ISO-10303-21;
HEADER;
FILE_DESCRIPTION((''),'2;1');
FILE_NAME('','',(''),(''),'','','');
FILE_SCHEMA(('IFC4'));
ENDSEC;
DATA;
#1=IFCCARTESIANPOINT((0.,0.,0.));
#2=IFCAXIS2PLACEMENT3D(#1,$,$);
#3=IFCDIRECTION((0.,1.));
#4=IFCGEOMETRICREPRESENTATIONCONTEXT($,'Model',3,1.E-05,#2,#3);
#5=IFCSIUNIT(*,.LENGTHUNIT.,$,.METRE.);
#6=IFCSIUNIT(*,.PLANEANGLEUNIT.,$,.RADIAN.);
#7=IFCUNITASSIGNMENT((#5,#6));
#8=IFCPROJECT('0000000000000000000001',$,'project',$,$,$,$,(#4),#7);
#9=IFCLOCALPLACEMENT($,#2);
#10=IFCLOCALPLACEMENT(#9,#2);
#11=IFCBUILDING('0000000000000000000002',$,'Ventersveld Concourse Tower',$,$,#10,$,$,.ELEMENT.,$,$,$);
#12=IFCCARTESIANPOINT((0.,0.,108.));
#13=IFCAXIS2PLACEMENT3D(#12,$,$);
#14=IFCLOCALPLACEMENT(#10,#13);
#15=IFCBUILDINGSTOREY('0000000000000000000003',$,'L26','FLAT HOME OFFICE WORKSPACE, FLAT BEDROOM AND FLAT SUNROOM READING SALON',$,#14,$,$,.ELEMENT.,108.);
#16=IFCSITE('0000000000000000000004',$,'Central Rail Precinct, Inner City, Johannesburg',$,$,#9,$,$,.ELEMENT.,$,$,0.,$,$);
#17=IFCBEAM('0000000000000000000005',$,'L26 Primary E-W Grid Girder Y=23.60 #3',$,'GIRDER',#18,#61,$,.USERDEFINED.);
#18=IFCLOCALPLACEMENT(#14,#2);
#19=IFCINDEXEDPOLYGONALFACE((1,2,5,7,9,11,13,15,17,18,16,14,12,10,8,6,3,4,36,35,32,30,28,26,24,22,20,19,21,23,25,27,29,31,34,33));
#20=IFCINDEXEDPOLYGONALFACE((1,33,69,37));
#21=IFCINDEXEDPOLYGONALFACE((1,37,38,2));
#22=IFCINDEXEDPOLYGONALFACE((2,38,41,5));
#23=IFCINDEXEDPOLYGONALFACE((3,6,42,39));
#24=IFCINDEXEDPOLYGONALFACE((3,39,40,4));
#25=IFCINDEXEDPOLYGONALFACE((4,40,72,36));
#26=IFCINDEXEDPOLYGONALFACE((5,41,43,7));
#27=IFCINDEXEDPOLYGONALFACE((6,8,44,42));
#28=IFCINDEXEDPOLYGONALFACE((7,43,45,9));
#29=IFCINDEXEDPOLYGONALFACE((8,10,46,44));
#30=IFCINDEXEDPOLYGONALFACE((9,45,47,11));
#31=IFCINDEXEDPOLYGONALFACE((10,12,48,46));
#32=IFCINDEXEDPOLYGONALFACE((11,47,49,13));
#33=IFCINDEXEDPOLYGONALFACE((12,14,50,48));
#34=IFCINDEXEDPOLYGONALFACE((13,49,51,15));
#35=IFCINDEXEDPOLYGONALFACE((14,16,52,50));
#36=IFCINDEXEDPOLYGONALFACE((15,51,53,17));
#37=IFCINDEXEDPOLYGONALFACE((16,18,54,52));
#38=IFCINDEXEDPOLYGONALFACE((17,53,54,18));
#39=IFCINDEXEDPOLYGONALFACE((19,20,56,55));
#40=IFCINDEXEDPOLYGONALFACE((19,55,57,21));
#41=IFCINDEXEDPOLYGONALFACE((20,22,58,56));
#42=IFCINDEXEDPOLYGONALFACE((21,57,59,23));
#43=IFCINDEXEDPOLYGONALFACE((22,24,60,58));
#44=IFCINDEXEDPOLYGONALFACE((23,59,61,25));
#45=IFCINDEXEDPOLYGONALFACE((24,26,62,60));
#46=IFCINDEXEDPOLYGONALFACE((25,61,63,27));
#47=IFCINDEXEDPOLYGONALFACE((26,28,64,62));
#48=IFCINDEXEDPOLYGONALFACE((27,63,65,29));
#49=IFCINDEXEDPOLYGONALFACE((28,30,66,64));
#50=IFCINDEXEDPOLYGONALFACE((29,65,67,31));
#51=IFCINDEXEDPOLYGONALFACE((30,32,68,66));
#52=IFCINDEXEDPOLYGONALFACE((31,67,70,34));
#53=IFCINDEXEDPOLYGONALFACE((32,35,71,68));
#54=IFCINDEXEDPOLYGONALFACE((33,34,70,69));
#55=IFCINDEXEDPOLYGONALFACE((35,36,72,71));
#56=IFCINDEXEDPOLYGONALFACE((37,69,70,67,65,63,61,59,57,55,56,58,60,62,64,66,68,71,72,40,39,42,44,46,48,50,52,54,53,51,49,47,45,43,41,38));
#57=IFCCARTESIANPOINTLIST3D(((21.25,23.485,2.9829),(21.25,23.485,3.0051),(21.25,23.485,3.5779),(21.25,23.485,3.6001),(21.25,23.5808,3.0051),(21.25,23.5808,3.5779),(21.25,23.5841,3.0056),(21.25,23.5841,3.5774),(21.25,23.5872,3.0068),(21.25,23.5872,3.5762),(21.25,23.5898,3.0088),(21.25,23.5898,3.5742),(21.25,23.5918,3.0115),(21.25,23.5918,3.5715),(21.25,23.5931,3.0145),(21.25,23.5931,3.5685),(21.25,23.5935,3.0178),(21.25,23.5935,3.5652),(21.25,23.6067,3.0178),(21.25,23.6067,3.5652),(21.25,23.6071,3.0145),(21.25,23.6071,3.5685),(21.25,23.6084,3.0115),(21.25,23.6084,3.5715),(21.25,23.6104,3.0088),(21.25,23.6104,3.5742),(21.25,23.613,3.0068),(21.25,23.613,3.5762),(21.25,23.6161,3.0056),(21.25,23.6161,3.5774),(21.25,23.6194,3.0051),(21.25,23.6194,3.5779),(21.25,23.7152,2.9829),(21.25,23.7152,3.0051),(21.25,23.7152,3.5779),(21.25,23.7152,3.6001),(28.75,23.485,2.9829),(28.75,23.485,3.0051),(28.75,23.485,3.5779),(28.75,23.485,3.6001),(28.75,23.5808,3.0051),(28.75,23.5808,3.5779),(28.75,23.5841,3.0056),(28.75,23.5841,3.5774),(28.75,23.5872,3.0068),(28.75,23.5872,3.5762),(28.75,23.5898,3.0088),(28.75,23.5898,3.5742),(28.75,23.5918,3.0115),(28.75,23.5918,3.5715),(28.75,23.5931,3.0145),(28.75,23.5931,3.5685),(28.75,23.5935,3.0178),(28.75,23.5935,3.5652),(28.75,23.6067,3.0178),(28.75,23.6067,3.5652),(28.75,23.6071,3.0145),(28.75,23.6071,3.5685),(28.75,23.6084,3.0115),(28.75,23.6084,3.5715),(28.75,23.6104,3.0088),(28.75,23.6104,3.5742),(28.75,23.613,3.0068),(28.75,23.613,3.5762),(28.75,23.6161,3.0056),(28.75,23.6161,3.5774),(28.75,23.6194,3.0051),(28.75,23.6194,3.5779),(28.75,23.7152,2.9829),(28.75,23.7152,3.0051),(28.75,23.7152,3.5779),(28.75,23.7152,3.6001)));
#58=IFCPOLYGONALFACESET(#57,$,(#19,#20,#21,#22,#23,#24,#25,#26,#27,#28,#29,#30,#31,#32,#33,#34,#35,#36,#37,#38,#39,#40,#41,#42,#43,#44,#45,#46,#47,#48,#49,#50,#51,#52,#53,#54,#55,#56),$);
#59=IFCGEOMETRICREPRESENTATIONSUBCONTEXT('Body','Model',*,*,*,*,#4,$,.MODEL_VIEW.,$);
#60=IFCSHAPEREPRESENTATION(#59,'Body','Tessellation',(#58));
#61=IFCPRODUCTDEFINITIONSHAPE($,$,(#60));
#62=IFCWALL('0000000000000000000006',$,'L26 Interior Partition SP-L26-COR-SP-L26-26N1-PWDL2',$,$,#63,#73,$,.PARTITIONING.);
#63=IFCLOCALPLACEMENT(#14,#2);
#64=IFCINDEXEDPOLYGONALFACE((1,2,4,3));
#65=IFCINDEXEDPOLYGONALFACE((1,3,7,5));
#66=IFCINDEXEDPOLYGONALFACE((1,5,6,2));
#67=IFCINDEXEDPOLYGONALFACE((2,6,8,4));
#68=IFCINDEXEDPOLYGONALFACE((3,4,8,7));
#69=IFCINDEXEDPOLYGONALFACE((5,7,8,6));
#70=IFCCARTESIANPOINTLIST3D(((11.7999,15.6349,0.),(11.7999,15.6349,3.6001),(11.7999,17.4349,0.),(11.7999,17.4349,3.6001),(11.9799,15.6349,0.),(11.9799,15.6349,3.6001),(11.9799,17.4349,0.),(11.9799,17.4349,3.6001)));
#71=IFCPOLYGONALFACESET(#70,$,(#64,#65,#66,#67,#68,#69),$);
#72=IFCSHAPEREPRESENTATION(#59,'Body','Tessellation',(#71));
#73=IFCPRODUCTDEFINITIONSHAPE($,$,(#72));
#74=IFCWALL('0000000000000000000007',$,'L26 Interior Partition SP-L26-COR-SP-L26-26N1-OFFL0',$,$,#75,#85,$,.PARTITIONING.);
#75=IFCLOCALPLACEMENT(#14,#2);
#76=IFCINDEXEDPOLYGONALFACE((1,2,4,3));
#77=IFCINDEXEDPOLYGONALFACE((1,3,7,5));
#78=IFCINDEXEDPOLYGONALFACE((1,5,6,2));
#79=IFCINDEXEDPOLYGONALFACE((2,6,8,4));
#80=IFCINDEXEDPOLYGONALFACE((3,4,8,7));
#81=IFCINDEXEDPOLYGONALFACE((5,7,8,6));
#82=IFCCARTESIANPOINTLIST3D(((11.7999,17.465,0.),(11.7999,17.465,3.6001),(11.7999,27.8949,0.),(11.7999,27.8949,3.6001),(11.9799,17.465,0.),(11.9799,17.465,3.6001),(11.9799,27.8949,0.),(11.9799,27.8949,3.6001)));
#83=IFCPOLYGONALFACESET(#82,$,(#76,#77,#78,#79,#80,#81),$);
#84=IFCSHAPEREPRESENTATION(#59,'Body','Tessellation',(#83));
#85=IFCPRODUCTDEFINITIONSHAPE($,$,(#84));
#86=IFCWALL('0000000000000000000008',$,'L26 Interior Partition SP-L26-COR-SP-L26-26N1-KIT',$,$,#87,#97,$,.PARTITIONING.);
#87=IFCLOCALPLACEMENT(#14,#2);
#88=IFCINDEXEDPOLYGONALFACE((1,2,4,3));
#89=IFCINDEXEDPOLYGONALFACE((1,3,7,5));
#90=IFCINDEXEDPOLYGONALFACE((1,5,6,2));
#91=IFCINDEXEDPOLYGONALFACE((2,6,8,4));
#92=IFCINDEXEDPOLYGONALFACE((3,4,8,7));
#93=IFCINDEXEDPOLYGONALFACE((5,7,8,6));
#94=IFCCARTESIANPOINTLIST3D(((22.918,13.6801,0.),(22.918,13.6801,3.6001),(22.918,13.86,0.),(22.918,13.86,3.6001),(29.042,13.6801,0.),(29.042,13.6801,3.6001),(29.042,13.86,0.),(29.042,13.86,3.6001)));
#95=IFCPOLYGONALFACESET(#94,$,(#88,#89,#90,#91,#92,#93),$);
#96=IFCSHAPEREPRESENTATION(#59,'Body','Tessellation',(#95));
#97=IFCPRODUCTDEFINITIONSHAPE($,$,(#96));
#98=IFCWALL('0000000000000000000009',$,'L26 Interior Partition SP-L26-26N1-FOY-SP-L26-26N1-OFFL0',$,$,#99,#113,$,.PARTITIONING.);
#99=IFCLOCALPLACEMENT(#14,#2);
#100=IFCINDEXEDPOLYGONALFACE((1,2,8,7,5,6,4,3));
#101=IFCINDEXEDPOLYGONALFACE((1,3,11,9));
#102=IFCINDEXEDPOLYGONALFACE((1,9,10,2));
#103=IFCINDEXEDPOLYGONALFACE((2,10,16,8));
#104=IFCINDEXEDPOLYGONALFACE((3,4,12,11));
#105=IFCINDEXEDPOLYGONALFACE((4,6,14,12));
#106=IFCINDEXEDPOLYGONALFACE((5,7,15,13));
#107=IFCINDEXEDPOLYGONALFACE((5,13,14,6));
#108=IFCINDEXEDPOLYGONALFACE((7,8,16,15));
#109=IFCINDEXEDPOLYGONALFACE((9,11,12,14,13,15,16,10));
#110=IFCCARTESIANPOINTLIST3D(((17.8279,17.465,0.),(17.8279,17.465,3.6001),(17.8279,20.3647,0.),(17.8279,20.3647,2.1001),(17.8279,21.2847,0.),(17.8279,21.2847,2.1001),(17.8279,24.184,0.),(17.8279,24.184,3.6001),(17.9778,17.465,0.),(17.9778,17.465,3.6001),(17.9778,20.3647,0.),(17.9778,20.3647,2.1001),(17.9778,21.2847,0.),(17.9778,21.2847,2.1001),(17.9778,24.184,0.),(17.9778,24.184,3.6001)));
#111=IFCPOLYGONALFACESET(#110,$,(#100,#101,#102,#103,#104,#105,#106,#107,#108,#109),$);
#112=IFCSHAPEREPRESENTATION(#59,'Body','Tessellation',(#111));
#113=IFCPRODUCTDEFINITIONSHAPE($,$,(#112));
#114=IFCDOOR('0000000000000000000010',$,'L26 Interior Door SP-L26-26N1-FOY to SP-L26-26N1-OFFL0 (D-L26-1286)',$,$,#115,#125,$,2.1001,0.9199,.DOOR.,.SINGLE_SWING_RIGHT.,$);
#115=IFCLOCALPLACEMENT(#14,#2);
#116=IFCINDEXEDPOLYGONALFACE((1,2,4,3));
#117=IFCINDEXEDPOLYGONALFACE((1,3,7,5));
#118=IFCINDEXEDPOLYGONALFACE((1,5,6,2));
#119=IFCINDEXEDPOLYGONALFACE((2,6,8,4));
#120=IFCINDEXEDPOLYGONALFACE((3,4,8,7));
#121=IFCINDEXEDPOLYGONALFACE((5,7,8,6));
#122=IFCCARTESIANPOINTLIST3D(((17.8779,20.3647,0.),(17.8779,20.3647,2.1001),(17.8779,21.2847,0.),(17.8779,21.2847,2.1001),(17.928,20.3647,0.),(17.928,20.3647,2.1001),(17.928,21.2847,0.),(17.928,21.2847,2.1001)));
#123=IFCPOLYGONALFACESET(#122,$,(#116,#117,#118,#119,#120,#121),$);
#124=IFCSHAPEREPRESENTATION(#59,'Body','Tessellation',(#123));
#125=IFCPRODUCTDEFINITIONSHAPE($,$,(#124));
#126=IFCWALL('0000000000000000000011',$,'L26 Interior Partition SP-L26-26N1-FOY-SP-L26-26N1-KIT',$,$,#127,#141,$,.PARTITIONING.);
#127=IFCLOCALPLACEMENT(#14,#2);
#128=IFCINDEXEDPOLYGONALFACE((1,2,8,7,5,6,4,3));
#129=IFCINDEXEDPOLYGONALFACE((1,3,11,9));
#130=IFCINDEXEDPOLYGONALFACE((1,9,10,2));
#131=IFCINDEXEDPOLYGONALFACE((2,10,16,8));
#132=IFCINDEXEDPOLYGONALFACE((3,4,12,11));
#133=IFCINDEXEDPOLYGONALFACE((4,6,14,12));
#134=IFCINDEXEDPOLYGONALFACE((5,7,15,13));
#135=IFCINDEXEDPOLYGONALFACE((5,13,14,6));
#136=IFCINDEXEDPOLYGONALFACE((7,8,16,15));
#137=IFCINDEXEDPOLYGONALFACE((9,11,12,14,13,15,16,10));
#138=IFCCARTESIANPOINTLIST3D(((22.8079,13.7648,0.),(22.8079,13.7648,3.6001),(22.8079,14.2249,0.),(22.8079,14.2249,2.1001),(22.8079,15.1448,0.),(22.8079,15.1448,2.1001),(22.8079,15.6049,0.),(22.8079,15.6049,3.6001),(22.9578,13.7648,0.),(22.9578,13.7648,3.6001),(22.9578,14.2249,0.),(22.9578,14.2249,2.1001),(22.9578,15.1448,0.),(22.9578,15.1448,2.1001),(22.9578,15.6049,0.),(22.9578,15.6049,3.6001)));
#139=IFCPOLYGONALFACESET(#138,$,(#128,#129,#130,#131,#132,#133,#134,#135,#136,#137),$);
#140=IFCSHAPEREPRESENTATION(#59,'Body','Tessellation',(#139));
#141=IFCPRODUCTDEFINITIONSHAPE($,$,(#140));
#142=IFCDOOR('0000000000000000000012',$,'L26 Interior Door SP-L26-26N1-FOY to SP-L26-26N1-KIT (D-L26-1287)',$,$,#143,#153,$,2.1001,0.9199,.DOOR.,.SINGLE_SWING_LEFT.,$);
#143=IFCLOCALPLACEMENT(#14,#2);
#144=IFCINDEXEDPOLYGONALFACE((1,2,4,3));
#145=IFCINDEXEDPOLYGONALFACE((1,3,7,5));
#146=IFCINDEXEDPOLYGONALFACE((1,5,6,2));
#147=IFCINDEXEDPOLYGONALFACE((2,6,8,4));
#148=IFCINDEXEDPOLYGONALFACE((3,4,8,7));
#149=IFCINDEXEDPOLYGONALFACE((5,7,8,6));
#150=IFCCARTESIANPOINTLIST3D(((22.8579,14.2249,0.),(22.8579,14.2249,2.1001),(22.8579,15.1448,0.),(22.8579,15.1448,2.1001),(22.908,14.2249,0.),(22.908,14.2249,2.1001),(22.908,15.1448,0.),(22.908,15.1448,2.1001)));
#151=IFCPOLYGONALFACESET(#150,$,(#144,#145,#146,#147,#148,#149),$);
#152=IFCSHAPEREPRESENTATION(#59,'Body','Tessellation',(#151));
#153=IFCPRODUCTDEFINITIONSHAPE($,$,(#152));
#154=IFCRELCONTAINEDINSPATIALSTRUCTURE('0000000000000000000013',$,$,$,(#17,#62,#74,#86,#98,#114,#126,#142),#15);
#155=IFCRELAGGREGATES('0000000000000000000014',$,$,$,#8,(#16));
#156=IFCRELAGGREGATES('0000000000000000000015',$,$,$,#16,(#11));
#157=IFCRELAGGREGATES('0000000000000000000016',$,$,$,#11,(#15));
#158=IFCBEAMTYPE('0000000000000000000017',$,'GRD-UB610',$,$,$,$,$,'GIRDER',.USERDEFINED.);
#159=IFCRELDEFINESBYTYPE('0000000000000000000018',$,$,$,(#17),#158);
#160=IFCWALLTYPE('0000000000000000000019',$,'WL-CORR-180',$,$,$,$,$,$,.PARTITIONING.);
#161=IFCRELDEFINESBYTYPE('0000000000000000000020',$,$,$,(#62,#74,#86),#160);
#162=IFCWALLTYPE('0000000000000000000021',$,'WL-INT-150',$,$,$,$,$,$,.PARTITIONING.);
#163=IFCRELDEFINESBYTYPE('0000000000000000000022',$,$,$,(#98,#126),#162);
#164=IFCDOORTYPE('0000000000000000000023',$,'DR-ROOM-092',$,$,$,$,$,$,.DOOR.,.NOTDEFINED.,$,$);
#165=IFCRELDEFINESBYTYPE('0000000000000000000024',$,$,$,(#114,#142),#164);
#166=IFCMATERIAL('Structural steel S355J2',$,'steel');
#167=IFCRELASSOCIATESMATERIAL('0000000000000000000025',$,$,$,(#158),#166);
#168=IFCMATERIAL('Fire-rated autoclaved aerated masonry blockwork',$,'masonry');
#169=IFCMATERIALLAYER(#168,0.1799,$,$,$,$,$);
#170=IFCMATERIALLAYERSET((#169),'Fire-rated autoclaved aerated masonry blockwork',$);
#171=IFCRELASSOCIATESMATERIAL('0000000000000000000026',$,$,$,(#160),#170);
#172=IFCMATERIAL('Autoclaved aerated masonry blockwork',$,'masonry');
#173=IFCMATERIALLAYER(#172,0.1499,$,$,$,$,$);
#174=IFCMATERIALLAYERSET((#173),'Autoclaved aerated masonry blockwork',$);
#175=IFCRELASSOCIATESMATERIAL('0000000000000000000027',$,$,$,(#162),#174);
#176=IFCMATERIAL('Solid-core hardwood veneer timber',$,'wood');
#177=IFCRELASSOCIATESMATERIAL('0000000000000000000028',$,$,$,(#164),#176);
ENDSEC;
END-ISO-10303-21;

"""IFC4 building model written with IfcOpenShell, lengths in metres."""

from ifc_helpers import new_model, si_unit, direction, frame, frame_2d, origin, origin_2d, place, context, subcontext, project, spatial, rectangle, i_section, extrude, material, layer, layer_set, material_profile, profile_set, type_object, element, fill, save


model = new_model("IFC4")

# Units and contexts
model_context = context("Model", 3, precision=1e-05, world=origin(), true_north=direction((0.0, 1.0)))
body_context = subcontext(model_context, "Body", "Model", "MODEL_VIEW")
ifc_project = project(units=[si_unit("LENGTHUNIT", "METRE"), si_unit("PLANEANGLEUNIT", "RADIAN")], contexts=[model_context])

# Site, building, storey
site_placement = place(None, origin())
site = spatial("IfcSite", under=ifc_project, at=site_placement, Name="Central Rail Precinct, Inner City, Johannesburg", CompositionType="ELEMENT", RefElevation=0.0)
building_placement = place(site_placement, origin())
building = spatial("IfcBuilding", under=site, at=building_placement, Name="Ventersveld Concourse Tower", CompositionType="ELEMENT")
storey_placement = place(building_placement, frame((0.0, 0.0, 108.0)))
storey = spatial("IfcBuildingStorey", under=building, at=storey_placement, Name="L26", Description="FLAT HOME OFFICE WORKSPACE, FLAT BEDROOM AND FLAT SUNROOM READING SALON", CompositionType="ELEMENT", Elevation=108.0)

# Beam
ifc_material_1 = material(Name="Structural steel S355J2", Category="steel")
ifc_material_profile_1 = material_profile(ifc_material_1, i_section(OverallWidth=0.2302, OverallDepth=0.6172, WebThickness=0.0132, FlangeThickness=0.0222, FilletRadius=0.0127, at=origin_2d()), Name="UB 610x229x140")
ifc_profile_set_1 = profile_set([ifc_material_profile_1], Name="Structural steel S355J2")
beam_type_1 = type_object("IfcBeamType", Name="GRD-UB610", ElementType="GIRDER", PredefinedType="USERDEFINED", material=ifc_profile_set_1)
for number, where, z_axis, x_axis, name in (
    (1, (21.25, 23.6001, 3.2915), (1.0, 0.0, 0.0), (0.0, 1.0, 0.0), "L26 Primary E-W Grid Girder Y=23.60 #3"),
):
    element("IfcBeam", number, at=place(storey_placement, frame(where, z_axis=z_axis, x_axis=x_axis)), inside=storey, type_object=beam_type_1, Name=name, ObjectType="GIRDER", PredefinedType="USERDEFINED", context=body_context, shape_type="SweptSolid", body=[
        extrude(i_section(OverallWidth=0.2302, OverallDepth=0.6172, WebThickness=0.0132, FlangeThickness=0.0222, FilletRadius=0.0127, at=origin_2d()), origin(), (0.0, 0.0, 1.0), 7.5),
    ])

# Shared definitions
ifc_material_2 = material(Name="Fire-rated autoclaved aerated masonry blockwork", Category="masonry")
ifc_layer_1 = layer(ifc_material_2, 0.1799)
ifc_layer_set_1 = layer_set([ifc_layer_1], Name="Fire-rated autoclaved aerated masonry blockwork")
wall_type_1 = type_object("IfcWallType", Name="WL-CORR-180", PredefinedType="PARTITIONING", material=ifc_layer_set_1)
ifc_material_3 = material(Name="Solid-core hardwood veneer timber", Category="wood")

# Walls
wall_1_placement = place(storey_placement, frame((11.8899, 15.635, 0.0), z_axis=(0.0, 0.0, 1.0), x_axis=(0.0, 1.0, 0.0)))
element("IfcWall", 2, at=wall_1_placement, inside=storey, type_object=wall_type_1, Name="L26 Interior Partition SP-L26-COR-SP-L26-26N1-PWDL2", PredefinedType="PARTITIONING", context=body_context, shape_type="SweptSolid", body=[
    extrude(rectangle(XDim=1.8, YDim=0.1799, at=frame_2d((0.8999, 0.0))), origin(), (0.0, 0.0, 1.0), 3.6001),
])
wall_2_placement = place(storey_placement, frame((11.8899, 17.4651, 0.0), z_axis=(0.0, 0.0, 1.0), x_axis=(0.0, 1.0, 0.0)))
element("IfcWall", 3, at=wall_2_placement, inside=storey, type_object=wall_type_1, Name="L26 Interior Partition SP-L26-COR-SP-L26-26N1-OFFL0", PredefinedType="PARTITIONING", context=body_context, shape_type="SweptSolid", body=[
    extrude(rectangle(XDim=10.4299, YDim=0.1799, at=frame_2d((5.2148, 0.0))), origin(), (0.0, 0.0, 1.0), 3.6001),
])
wall_3_placement = place(storey_placement, frame((22.918, 13.77, 0.0), z_axis=(0.0, 0.0, 1.0), x_axis=(1.0, 0.0, 0.0)))
element("IfcWall", 4, at=wall_3_placement, inside=storey, type_object=wall_type_1, Name="L26 Interior Partition SP-L26-COR-SP-L26-26N1-KIT", PredefinedType="PARTITIONING", context=body_context, shape_type="SweptSolid", body=[
    extrude(rectangle(XDim=6.124, YDim=0.1799, at=frame_2d((3.062, 0.0))), origin(), (0.0, 0.0, 1.0), 3.6001),
])

# Walls, openings, doors
ifc_material_4 = material(Name="Autoclaved aerated masonry blockwork", Category="masonry")
ifc_layer_2 = layer(ifc_material_4, 0.1499)
ifc_layer_set_2 = layer_set([ifc_layer_2], Name="Autoclaved aerated masonry blockwork")
wall_type_2 = type_object("IfcWallType", Name="WL-INT-150", PredefinedType="PARTITIONING", material=ifc_layer_set_2)
wall_4_placement = place(storey_placement, frame((17.9028, 17.4651, 0.0), z_axis=(0.0, 0.0, 1.0), x_axis=(0.0, 1.0, 0.0)))
wall_4 = element("IfcWall", 5, at=wall_4_placement, inside=storey, type_object=wall_type_2, Name="L26 Interior Partition SP-L26-26N1-FOY-SP-L26-26N1-OFFL0", PredefinedType="PARTITIONING", context=body_context, shape_type="SweptSolid", body=[
    extrude(rectangle(XDim=6.719, YDim=0.1499, at=frame_2d((3.3594, 0.0))), origin(), (0.0, 0.0, 1.0), 3.6001),
])
opening_1_placement = place(wall_4_placement, frame((2.8997, 0.0, 0.0)))
opening_1 = element("IfcOpeningElement", 6, at=opening_1_placement, cuts=wall_4, PredefinedType="OPENING", context=body_context, shape_type="SweptSolid", body=[
    extrude(rectangle(XDim=0.9199, YDim=2.1001, at=frame_2d((0.46, 1.05))), frame((0.0, 0.085, 0.0), z_axis=(0.0, -1.0, 0.0), x_axis=(1.0, 0.0, 0.0)), (0.0, 0.0, 1.0), 0.1699),
])
door_type_1 = type_object("IfcDoorType", Name="DR-ROOM-092", OperationType="NOTDEFINED", PredefinedType="DOOR", material=ifc_material_3)
door_1_placement = place(opening_1_placement, origin())
door_1 = element("IfcDoor", 7, at=door_1_placement, inside=storey, type_object=door_type_1, Name="L26 Interior Door SP-L26-26N1-FOY to SP-L26-26N1-OFFL0 (D-L26-1286)", OperationType="SINGLE_SWING_RIGHT", OverallHeight=2.1001, OverallWidth=0.9199, PredefinedType="DOOR", context=body_context, shape_type="SweptSolid", body=[
    extrude(rectangle(XDim=0.9199, YDim=2.1001, at=frame_2d((0.46, 1.05))), frame((0.0, 0.0249, 0.0), z_axis=(0.0, -1.0, 0.0), x_axis=(1.0, 0.0, 0.0)), (0.0, 0.0, 1.0), 0.05),
])
fill(opening_1, door_1)
wall_5_placement = place(storey_placement, frame((22.8828, 13.7649, 0.0), z_axis=(0.0, 0.0, 1.0), x_axis=(0.0, 1.0, 0.0)))
wall_5 = element("IfcWall", 8, at=wall_5_placement, inside=storey, type_object=wall_type_2, Name="L26 Interior Partition SP-L26-26N1-FOY-SP-L26-26N1-KIT", PredefinedType="PARTITIONING", context=body_context, shape_type="SweptSolid", body=[
    extrude(rectangle(XDim=1.8401, YDim=0.1499, at=frame_2d((0.9199, 0.0))), origin(), (0.0, 0.0, 1.0), 3.6001),
])
opening_2_placement = place(wall_5_placement, frame((0.46, 0.0, 0.0)))
opening_2 = element("IfcOpeningElement", 9, at=opening_2_placement, cuts=wall_5, PredefinedType="OPENING", context=body_context, shape_type="SweptSolid", body=[
    extrude(rectangle(XDim=0.9199, YDim=2.1001, at=frame_2d((0.46, 1.05))), frame((0.0, 0.085, 0.0), z_axis=(0.0, -1.0, 0.0), x_axis=(1.0, 0.0, 0.0)), (0.0, 0.0, 1.0), 0.1699),
])
door_2_placement = place(opening_2_placement, origin())
door_2 = element("IfcDoor", 10, at=door_2_placement, inside=storey, type_object=door_type_1, Name="L26 Interior Door SP-L26-26N1-FOY to SP-L26-26N1-KIT (D-L26-1287)", OperationType="SINGLE_SWING_LEFT", OverallHeight=2.1001, OverallWidth=0.9199, PredefinedType="DOOR", context=body_context, shape_type="SweptSolid", body=[
    extrude(rectangle(XDim=0.9199, YDim=2.1001, at=frame_2d((0.46, 1.05))), frame((0.0, 0.0249, 0.0), z_axis=(0.0, -1.0, 0.0), x_axis=(1.0, 0.0, 0.0)), (0.0, 0.0, 1.0), 0.05),
])
fill(opening_2, door_2)

save(model, "model.ifc")
